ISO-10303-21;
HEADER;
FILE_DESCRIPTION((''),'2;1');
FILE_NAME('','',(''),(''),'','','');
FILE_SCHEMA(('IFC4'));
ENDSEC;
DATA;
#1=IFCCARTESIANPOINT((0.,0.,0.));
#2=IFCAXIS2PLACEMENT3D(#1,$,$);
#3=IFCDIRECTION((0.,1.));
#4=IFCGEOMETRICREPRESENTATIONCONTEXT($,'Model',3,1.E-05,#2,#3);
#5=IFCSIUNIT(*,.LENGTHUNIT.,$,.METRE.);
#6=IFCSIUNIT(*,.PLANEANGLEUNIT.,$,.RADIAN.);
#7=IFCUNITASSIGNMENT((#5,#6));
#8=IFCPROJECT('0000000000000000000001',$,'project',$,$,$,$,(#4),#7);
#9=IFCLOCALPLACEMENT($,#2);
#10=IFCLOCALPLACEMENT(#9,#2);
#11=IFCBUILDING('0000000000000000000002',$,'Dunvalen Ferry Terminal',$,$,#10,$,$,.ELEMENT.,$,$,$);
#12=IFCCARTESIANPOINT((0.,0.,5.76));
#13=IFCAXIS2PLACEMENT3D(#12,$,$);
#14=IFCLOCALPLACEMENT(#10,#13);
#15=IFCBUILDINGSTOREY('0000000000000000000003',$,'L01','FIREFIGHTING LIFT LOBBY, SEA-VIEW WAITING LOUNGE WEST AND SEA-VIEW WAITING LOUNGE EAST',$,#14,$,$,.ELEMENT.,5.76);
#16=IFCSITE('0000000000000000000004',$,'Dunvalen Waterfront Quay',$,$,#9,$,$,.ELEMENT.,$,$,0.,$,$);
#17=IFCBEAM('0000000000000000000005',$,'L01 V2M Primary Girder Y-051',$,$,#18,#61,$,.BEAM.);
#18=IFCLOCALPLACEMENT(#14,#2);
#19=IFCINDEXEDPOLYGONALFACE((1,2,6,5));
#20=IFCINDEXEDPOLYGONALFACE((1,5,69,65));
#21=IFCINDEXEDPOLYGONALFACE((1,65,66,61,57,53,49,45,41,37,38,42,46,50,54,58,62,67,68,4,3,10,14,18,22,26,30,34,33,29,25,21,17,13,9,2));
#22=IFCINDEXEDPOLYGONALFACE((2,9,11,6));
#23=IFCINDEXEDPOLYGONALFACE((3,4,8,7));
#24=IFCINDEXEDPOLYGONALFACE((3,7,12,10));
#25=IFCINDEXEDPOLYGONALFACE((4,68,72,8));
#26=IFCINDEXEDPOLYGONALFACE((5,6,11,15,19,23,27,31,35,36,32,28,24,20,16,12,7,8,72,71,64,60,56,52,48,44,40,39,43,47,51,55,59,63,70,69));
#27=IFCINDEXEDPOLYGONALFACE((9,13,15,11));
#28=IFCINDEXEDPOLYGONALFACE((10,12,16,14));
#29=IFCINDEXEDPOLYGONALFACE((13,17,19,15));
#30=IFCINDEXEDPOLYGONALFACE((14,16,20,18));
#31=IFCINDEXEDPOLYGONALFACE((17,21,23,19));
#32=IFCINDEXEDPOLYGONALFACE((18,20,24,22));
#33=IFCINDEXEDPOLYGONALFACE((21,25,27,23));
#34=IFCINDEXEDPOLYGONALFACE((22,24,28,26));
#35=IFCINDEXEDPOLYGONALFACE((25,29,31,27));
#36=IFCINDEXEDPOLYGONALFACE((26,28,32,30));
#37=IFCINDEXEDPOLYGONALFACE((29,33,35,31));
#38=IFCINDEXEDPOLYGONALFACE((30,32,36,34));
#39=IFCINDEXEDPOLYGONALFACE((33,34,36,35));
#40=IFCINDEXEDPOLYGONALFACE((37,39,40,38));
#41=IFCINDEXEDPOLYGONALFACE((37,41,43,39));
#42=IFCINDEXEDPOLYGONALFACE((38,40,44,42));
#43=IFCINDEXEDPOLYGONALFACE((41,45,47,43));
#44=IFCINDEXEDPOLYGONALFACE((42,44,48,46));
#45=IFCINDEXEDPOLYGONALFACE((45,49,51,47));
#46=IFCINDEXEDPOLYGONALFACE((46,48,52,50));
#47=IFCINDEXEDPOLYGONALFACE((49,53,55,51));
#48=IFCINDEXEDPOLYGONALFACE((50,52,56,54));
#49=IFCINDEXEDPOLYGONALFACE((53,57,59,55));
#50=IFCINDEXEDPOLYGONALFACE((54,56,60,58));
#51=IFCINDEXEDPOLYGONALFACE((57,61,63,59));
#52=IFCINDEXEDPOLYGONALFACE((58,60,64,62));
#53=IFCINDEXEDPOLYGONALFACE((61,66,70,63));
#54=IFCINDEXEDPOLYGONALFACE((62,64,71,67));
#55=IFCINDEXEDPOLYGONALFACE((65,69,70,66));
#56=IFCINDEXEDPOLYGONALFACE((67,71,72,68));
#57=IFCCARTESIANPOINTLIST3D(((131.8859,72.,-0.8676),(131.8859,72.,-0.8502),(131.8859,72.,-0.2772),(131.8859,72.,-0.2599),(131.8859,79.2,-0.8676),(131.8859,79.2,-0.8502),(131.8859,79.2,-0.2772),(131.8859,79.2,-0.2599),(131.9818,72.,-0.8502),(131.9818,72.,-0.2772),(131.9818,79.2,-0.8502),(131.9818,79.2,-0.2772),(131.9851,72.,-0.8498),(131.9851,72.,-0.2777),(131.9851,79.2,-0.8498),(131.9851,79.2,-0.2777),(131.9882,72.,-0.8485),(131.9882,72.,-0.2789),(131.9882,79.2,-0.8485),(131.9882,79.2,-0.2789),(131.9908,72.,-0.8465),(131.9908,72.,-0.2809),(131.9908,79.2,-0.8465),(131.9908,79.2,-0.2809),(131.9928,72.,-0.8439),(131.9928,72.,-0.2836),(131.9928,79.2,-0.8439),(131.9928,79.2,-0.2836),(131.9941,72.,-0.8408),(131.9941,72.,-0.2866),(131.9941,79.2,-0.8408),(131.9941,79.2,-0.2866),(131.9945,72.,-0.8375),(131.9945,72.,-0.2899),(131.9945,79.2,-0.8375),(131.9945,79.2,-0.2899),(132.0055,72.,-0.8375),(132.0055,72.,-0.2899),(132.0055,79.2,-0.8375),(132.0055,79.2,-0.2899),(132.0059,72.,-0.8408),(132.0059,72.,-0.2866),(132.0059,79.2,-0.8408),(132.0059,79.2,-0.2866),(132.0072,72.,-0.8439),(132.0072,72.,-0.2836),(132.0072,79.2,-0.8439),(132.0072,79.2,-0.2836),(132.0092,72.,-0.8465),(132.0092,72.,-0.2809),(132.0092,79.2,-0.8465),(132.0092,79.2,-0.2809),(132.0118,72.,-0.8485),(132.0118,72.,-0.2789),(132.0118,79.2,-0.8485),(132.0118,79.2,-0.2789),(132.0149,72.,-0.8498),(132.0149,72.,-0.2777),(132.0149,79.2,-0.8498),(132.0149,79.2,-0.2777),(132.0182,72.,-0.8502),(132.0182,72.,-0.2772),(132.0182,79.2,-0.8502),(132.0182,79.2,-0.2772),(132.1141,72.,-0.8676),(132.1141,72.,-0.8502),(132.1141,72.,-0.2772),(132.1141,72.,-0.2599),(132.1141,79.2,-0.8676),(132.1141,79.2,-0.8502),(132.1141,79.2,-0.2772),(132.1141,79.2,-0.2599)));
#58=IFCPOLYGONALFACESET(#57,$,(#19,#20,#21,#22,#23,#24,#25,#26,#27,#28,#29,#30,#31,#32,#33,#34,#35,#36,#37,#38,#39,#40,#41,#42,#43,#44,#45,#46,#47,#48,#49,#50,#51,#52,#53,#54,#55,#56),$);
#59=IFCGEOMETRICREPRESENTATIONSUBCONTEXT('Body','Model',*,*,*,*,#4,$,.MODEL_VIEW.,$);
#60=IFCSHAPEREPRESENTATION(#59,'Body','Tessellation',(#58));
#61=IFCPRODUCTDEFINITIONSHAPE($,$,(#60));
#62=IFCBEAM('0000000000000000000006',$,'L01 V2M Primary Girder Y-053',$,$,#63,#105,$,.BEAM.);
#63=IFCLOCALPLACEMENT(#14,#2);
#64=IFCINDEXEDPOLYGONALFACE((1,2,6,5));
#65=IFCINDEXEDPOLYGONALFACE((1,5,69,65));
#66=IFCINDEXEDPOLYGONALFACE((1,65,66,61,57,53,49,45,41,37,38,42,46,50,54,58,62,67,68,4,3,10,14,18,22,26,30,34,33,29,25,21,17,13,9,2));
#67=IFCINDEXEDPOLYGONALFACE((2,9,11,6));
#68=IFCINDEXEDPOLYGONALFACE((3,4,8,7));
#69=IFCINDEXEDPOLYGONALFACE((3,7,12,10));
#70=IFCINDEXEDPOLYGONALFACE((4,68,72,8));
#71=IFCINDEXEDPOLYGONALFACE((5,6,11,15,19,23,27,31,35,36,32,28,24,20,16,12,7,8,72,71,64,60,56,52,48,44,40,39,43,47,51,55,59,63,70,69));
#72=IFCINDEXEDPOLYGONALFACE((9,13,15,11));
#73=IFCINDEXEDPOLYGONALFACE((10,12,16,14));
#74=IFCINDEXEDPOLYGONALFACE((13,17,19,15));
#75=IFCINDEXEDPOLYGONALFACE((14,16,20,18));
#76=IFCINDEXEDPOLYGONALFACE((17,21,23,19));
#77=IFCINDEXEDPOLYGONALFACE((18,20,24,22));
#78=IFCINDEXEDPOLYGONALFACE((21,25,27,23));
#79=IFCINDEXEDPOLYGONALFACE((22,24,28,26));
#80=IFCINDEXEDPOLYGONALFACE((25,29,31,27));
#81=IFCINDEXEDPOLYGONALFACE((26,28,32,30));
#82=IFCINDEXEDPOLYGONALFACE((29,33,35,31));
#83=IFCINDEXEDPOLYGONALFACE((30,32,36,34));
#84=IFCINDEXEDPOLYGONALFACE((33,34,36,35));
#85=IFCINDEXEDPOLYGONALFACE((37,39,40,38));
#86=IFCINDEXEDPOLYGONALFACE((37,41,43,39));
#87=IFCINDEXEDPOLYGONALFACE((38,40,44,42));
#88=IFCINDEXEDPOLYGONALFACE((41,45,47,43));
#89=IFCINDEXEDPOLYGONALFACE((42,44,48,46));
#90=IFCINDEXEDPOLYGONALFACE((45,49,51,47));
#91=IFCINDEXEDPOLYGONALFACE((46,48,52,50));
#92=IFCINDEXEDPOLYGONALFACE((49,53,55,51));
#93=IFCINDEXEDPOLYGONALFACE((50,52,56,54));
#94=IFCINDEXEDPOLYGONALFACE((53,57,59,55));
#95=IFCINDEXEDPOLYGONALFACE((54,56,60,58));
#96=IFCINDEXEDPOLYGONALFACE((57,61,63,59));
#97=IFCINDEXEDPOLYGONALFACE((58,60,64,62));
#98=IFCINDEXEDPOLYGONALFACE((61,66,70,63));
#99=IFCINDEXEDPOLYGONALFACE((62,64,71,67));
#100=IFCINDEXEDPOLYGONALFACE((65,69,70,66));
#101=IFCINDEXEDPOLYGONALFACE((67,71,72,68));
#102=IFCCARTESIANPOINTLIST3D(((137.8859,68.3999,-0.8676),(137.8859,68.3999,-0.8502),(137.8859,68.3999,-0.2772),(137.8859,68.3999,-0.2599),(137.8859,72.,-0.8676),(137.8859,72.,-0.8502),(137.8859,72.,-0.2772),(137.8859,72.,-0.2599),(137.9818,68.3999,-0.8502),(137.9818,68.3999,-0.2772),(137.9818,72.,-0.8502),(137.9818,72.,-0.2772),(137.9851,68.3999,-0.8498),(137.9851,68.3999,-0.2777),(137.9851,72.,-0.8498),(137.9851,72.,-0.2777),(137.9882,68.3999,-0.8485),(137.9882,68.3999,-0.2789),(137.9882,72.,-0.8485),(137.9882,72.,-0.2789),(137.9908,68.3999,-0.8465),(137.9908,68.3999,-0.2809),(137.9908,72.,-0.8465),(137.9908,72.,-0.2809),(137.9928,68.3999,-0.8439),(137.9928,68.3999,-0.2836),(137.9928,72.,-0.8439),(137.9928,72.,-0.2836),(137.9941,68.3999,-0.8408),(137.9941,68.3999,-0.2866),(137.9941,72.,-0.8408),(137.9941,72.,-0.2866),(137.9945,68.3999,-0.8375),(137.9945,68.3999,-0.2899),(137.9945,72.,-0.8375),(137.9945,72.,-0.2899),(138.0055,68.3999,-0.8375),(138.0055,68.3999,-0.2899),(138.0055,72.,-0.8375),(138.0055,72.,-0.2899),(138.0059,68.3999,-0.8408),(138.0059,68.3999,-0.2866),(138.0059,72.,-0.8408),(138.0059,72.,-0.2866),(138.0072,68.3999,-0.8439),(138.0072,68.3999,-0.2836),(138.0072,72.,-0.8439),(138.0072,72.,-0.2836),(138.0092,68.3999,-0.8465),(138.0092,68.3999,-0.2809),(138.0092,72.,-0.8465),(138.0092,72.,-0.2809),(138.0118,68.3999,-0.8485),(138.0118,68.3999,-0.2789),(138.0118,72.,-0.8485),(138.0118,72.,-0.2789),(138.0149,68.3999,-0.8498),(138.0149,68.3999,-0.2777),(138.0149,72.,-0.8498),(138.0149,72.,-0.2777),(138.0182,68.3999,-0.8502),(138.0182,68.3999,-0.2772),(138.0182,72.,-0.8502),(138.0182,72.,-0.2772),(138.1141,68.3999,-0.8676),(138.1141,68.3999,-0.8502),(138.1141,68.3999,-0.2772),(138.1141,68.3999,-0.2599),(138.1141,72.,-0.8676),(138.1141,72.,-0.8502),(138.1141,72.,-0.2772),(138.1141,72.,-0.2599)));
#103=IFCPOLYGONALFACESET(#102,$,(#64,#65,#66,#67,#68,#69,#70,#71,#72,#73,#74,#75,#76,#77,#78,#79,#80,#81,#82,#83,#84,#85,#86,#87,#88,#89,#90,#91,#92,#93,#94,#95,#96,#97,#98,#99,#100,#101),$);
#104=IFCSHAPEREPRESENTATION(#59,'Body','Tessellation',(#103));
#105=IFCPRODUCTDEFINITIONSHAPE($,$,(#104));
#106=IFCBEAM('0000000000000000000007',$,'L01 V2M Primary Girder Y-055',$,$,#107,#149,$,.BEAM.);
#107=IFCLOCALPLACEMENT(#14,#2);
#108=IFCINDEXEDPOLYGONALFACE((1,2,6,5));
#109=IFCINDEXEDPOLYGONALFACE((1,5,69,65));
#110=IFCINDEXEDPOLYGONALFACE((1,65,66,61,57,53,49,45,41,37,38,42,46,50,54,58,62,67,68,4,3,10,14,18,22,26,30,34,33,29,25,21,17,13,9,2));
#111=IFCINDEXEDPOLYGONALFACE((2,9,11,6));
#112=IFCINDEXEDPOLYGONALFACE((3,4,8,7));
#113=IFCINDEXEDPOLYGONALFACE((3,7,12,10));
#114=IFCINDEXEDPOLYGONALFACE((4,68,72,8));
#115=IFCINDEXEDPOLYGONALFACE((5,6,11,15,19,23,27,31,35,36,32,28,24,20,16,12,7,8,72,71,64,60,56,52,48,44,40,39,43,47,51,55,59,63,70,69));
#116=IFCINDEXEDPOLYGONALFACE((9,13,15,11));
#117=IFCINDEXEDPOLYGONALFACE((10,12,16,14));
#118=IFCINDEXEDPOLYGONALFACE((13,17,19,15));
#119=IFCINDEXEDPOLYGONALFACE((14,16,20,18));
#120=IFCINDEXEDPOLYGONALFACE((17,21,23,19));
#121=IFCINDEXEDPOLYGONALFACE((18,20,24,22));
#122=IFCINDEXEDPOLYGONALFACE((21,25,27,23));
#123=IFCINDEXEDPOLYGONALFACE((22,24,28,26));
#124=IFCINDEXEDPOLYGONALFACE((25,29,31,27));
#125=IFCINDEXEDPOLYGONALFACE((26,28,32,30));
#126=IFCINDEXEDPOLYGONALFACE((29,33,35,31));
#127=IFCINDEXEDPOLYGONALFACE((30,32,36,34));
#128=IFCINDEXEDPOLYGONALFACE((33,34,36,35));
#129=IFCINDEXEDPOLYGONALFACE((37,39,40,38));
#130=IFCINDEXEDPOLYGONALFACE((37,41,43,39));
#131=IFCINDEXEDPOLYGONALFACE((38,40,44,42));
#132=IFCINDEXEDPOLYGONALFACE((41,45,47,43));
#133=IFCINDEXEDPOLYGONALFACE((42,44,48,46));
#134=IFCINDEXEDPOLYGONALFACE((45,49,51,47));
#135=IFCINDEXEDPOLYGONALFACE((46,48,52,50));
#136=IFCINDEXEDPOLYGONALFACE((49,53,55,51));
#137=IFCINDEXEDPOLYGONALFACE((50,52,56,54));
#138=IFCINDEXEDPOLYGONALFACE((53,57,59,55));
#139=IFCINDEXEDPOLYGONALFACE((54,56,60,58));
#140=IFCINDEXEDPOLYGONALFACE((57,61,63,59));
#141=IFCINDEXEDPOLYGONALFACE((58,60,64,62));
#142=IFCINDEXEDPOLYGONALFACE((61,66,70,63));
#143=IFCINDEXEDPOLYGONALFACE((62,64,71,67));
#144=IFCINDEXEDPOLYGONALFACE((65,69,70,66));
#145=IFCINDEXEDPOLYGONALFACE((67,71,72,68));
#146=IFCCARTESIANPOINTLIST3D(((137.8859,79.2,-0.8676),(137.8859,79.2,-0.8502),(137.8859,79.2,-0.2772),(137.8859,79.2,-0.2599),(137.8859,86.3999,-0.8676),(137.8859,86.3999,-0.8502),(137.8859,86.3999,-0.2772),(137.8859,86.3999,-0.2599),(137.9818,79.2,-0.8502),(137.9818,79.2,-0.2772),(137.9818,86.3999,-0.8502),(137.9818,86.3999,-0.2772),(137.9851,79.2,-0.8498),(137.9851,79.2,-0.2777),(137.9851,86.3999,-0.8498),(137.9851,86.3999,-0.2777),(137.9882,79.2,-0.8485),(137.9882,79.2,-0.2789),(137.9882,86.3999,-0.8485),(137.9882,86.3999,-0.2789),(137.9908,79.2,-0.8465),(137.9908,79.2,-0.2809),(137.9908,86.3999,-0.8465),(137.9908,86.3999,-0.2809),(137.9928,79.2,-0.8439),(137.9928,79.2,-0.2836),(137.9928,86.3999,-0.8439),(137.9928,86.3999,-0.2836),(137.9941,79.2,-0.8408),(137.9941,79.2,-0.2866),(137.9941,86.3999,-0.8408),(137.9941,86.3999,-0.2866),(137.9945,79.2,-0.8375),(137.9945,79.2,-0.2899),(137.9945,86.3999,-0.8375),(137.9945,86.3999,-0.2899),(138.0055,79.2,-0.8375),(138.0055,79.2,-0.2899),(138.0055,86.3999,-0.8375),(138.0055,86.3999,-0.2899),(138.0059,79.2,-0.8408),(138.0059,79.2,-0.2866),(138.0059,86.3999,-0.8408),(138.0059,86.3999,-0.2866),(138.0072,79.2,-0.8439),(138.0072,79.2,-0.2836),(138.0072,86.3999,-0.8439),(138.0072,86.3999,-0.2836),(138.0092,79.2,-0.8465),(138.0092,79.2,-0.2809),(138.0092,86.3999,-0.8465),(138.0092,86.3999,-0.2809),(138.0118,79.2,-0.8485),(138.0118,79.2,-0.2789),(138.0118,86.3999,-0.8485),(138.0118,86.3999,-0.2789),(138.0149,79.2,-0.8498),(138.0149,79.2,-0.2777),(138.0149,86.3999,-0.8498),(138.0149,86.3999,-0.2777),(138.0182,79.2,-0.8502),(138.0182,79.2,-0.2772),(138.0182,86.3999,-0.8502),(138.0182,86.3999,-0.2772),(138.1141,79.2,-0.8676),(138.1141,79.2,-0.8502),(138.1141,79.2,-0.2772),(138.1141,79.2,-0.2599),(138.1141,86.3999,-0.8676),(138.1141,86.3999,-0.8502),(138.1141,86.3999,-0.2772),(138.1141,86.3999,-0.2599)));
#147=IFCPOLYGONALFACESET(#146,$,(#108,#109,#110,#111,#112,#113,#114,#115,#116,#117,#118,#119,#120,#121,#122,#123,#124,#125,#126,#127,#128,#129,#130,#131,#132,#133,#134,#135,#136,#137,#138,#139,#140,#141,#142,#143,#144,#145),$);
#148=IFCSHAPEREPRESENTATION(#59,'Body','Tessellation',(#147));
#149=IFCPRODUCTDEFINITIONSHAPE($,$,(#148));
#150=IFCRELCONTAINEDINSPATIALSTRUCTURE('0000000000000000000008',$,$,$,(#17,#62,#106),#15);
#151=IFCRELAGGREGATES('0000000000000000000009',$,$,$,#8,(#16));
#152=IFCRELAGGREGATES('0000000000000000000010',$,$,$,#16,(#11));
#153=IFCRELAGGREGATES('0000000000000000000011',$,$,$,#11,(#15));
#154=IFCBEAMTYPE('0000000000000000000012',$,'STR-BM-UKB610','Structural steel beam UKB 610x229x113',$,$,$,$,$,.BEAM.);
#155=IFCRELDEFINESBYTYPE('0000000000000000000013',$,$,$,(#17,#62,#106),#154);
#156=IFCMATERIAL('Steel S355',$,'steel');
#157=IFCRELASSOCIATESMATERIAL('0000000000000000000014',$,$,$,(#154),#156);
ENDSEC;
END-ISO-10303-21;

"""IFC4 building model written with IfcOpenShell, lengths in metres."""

from ifc_helpers import new_model, si_unit, direction, frame, origin, origin_2d, place, context, subcontext, project, spatial, i_section, extrude, material, material_profile, profile_set, type_object, element, save


model = new_model("IFC4")

# Units and contexts
model_context = context("Model", 3, precision=1e-05, world=origin(), true_north=direction((0.0, 1.0)))
body_context = subcontext(model_context, "Body", "Model", "MODEL_VIEW")
ifc_project = project(units=[si_unit("LENGTHUNIT", "METRE"), si_unit("PLANEANGLEUNIT", "RADIAN")], contexts=[model_context])

# Site, building, storey
site_placement = place(None, origin())
site = spatial("IfcSite", under=ifc_project, at=site_placement, Name="Dunvalen Waterfront Quay", CompositionType="ELEMENT", RefElevation=0.0)
building_placement = place(site_placement, origin())
building = spatial("IfcBuilding", under=site, at=building_placement, Name="Dunvalen Ferry Terminal", CompositionType="ELEMENT")
storey_placement = place(building_placement, frame((0.0, 0.0, 5.76)))
storey = spatial("IfcBuildingStorey", under=building, at=storey_placement, Name="L01", Description="FIREFIGHTING LIFT LOBBY, SEA-VIEW WAITING LOUNGE WEST AND SEA-VIEW WAITING LOUNGE EAST", CompositionType="ELEMENT", Elevation=5.76)

# Beams
ifc_material_1 = material(Name="Steel S355", Category="steel")
ifc_material_profile_1 = material_profile(ifc_material_1, i_section(OverallWidth=0.2283, OverallDepth=0.6077, WebThickness=0.011, FlangeThickness=0.0173, FilletRadius=0.0127, at=origin_2d()), Name="Steel S355")
ifc_profile_set_1 = profile_set([ifc_material_profile_1], Name="Steel S355")
beam_type_1 = type_object("IfcBeamType", Name="STR-BM-UKB610", Description="Structural steel beam UKB 610x229x113", PredefinedType="BEAM", material=ifc_profile_set_1)
beam_1_placement = place(storey_placement, frame((132.0, 72.0, -0.5637), z_axis=(0.0, 1.0, 0.0), x_axis=(-1.0, 0.0, 0.0)))
element("IfcBeam", 1, at=beam_1_placement, inside=storey, type_object=beam_type_1, Name="L01 V2M Primary Girder Y-051", PredefinedType="BEAM", context=body_context, shape_type="SweptSolid", body=[
    extrude(i_section(OverallWidth=0.2283, OverallDepth=0.6077, WebThickness=0.011, FlangeThickness=0.0173, FilletRadius=0.0127, at=origin_2d()), origin(), (0.0, 0.0, 1.0), 7.2),
])
beam_2_placement = place(storey_placement, frame((138.0, 68.3999, -0.5637), z_axis=(0.0, 1.0, 0.0), x_axis=(-1.0, 0.0, 0.0)))
element("IfcBeam", 2, at=beam_2_placement, inside=storey, type_object=beam_type_1, Name="L01 V2M Primary Girder Y-053", PredefinedType="BEAM", context=body_context, shape_type="SweptSolid", body=[
    extrude(i_section(OverallWidth=0.2283, OverallDepth=0.6077, WebThickness=0.011, FlangeThickness=0.0173, FilletRadius=0.0127, at=origin_2d()), origin(), (0.0, 0.0, 1.0), 3.6001),
])
beam_3_placement = place(storey_placement, frame((138.0, 79.2, -0.5637), z_axis=(0.0, 1.0, 0.0), x_axis=(-1.0, 0.0, 0.0)))
element("IfcBeam", 3, at=beam_3_placement, inside=storey, type_object=beam_type_1, Name="L01 V2M Primary Girder Y-055", PredefinedType="BEAM", context=body_context, shape_type="SweptSolid", body=[
    extrude(i_section(OverallWidth=0.2283, OverallDepth=0.6077, WebThickness=0.011, FlangeThickness=0.0173, FilletRadius=0.0127, at=origin_2d()), origin(), (0.0, 0.0, 1.0), 7.2),
])

save(model, "model.ifc")
